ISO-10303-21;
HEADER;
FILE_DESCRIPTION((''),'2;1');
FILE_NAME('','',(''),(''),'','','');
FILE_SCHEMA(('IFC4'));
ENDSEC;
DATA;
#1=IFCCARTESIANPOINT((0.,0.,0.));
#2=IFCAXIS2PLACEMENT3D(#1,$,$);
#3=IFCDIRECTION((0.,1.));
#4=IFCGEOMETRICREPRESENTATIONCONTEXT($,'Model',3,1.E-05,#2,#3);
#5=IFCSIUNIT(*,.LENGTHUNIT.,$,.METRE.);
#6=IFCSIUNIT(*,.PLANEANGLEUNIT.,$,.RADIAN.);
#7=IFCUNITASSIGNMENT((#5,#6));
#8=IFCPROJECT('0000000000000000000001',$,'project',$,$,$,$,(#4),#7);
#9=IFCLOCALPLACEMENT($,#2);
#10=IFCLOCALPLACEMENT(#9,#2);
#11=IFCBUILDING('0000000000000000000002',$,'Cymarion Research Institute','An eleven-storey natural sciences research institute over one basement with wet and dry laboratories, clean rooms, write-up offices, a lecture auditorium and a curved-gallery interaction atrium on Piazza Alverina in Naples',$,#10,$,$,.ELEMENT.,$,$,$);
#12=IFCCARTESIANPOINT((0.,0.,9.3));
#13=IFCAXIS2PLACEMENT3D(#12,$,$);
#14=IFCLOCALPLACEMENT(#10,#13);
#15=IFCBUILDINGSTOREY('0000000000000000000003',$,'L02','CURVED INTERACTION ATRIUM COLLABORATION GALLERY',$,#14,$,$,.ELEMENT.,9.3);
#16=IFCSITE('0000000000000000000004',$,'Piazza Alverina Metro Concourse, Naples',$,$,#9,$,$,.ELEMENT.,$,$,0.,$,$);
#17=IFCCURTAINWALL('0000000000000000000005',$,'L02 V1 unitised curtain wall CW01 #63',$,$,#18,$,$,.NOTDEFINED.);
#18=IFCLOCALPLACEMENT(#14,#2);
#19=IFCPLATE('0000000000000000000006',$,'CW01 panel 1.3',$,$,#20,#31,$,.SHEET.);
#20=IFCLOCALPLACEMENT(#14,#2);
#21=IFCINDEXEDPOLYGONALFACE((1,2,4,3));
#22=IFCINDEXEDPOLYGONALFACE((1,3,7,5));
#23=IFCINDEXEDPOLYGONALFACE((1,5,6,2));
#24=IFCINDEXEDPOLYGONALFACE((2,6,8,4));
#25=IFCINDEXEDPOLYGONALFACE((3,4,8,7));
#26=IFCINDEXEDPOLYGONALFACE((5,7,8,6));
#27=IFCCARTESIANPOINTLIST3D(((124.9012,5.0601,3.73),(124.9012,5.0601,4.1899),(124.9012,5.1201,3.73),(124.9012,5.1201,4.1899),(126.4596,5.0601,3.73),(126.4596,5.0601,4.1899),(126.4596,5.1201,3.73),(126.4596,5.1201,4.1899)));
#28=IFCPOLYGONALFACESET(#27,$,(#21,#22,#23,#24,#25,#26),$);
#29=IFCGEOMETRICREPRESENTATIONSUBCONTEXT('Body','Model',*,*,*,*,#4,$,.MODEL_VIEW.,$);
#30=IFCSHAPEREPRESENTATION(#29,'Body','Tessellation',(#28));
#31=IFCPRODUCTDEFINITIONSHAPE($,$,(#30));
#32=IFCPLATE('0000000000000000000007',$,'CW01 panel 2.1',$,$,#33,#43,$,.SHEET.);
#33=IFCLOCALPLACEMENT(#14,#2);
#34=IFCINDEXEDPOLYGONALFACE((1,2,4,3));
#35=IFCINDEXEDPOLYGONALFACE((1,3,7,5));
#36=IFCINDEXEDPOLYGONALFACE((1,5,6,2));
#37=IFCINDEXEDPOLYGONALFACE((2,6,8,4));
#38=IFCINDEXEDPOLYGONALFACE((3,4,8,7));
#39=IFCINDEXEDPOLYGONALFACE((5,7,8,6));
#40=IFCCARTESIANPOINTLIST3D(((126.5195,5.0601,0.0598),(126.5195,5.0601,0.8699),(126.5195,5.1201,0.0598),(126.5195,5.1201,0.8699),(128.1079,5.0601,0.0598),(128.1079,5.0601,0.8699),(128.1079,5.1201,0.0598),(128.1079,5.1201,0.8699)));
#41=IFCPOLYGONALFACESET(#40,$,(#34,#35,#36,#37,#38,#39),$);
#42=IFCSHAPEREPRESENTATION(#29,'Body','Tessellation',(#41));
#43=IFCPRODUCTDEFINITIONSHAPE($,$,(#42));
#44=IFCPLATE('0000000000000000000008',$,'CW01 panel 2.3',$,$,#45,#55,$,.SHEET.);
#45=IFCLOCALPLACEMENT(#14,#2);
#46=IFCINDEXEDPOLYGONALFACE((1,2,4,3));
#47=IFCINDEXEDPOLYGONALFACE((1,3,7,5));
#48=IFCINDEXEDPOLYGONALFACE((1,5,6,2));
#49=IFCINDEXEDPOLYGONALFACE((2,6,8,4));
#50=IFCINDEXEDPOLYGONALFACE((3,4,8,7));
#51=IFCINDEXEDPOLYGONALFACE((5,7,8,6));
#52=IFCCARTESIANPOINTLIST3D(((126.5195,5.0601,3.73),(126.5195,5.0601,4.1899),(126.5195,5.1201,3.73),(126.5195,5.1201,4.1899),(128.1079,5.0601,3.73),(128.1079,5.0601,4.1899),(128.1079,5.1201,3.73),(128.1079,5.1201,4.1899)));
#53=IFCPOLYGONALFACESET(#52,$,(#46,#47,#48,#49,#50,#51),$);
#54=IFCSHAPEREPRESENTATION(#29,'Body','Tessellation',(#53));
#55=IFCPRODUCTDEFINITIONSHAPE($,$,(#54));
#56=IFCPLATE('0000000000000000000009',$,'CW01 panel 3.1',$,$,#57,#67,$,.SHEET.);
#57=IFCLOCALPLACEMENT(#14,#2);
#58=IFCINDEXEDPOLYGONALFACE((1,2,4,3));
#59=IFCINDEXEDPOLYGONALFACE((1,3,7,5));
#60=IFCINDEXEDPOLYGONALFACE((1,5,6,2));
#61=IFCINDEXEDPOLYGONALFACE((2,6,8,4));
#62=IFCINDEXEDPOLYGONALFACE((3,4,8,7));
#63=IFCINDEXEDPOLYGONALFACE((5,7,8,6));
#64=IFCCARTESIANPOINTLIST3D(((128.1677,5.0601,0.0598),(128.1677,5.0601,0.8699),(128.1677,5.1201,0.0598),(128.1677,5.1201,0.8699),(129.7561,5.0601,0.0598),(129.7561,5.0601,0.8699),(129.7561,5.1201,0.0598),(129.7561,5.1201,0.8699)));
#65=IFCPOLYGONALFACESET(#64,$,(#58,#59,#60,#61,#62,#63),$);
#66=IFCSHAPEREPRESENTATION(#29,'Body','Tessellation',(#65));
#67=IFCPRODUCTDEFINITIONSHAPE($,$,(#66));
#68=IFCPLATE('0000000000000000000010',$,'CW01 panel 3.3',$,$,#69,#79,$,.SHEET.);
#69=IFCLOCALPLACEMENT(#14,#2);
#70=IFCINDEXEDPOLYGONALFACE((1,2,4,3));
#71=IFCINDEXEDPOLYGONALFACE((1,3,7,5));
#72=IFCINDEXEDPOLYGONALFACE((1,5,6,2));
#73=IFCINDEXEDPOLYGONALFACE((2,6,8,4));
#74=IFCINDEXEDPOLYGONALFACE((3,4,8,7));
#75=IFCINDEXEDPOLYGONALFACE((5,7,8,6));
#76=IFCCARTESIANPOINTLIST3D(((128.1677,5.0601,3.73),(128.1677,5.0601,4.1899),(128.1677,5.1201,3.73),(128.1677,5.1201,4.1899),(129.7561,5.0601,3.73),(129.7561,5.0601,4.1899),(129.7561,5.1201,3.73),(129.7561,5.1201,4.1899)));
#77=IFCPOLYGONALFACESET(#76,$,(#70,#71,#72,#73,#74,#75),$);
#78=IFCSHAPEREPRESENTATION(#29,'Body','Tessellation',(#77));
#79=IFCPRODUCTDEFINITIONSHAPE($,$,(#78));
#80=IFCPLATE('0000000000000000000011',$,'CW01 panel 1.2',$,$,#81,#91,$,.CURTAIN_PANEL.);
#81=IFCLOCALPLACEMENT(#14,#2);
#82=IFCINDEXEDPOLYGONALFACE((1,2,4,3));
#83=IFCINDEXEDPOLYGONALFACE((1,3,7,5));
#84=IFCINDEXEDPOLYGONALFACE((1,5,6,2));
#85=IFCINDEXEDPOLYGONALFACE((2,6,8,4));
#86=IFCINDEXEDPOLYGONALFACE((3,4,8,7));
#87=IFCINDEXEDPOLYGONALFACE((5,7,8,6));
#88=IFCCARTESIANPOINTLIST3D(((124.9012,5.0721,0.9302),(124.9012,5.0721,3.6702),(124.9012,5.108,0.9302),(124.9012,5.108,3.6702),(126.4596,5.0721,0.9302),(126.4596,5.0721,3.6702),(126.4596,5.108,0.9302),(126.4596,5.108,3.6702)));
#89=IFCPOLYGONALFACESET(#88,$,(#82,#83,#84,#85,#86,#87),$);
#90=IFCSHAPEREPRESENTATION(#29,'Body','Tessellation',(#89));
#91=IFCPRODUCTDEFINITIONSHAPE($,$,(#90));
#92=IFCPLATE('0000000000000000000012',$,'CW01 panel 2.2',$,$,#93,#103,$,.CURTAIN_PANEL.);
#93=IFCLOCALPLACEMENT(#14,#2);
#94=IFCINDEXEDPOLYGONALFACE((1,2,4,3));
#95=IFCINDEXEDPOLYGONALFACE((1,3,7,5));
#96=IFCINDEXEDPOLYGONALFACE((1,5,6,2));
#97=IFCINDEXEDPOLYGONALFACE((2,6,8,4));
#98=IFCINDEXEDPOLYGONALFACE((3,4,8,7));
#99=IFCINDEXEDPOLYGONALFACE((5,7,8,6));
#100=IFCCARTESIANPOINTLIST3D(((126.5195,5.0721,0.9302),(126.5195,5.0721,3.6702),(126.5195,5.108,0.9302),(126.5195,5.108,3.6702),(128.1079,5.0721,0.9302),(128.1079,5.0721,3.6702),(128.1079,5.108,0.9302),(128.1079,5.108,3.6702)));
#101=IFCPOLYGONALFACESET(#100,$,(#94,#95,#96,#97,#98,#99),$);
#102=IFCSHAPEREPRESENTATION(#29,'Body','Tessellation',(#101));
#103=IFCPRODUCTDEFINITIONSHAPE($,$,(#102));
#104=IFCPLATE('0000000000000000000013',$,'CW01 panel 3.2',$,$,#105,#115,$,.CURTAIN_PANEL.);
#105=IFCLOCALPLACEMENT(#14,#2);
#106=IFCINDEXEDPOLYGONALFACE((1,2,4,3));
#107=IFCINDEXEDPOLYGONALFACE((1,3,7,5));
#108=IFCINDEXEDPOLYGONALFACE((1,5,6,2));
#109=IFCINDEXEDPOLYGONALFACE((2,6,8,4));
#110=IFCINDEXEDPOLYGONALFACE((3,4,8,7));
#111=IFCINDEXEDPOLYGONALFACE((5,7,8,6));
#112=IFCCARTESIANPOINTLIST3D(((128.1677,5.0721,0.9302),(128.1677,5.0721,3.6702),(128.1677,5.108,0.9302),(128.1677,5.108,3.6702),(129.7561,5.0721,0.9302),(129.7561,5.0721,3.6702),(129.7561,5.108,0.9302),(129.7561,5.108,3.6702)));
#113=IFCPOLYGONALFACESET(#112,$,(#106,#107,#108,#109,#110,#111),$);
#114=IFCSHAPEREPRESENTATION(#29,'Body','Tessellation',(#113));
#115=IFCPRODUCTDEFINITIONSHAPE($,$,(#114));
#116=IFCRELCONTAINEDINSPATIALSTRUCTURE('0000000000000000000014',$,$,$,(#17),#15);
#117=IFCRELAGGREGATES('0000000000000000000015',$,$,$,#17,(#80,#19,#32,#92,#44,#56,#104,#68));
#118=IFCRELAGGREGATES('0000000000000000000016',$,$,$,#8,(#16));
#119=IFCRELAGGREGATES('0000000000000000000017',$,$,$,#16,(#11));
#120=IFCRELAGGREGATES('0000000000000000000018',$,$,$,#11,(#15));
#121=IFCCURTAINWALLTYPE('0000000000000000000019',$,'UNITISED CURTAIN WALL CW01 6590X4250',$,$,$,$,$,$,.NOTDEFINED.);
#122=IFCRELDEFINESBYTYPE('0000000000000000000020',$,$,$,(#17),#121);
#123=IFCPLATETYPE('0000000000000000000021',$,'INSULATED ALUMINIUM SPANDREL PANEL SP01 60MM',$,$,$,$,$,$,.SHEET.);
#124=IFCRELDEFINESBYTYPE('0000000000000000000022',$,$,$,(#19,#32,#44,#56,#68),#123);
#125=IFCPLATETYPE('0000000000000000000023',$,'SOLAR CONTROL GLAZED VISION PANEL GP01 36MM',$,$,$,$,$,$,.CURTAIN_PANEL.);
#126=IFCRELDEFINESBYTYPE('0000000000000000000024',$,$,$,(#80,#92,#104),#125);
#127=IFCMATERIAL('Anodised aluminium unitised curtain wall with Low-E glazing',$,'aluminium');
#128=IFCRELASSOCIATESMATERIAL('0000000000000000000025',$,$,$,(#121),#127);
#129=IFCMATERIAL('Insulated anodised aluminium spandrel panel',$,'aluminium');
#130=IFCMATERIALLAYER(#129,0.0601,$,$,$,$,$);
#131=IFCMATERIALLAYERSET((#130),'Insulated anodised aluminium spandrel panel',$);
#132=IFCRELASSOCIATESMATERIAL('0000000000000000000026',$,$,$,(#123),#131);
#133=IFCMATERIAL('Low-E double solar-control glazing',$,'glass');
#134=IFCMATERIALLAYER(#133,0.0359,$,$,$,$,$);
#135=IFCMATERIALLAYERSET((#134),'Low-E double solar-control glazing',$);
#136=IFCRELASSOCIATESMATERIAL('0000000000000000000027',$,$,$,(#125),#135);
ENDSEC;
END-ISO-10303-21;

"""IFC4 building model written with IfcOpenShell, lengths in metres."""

from ifc_helpers import new_model, si_unit, direction, frame, origin, origin_2d, place, context, subcontext, project, spatial, rectangle, extrude, material, layer, layer_set, type_object, element, aggregate, save


model = new_model("IFC4")

# Units and contexts
model_context = context("Model", 3, precision=1e-05, world=origin(), true_north=direction((0.0, 1.0)))
body_context = subcontext(model_context, "Body", "Model", "MODEL_VIEW")
ifc_project = project(units=[si_unit("LENGTHUNIT", "METRE"), si_unit("PLANEANGLEUNIT", "RADIAN")], contexts=[model_context])

# Site, building, storey
site_placement = place(None, origin())
site = spatial("IfcSite", under=ifc_project, at=site_placement, Name="Piazza Alverina Metro Concourse, Naples", CompositionType="ELEMENT", RefElevation=0.0)
building_placement = place(site_placement, origin())
building = spatial("IfcBuilding", under=site, at=building_placement, Name="Cymarion Research Institute", Description="An eleven-storey natural sciences research institute over one basement with wet and dry laboratories, clean rooms, write-up offices, a lecture auditorium and a curved-gallery interaction atrium on Piazza Alverina in Naples", CompositionType="ELEMENT")
storey_placement = place(building_placement, frame((0.0, 0.0, 9.3)))
storey = spatial("IfcBuildingStorey", under=building, at=storey_placement, Name="L02", Description="CURVED INTERACTION ATRIUM COLLABORATION GALLERY", CompositionType="ELEMENT", Elevation=9.3)

# Curtain wall
ifc_material_1 = material(Name="Anodised aluminium unitised curtain wall with Low-E glazing", Category="aluminium")
curtain_wall_type = type_object("IfcCurtainWallType", Name="UNITISED CURTAIN WALL CW01 6590X4250", PredefinedType="NOTDEFINED", material=ifc_material_1)
curtain_wall_placement = place(storey_placement, origin())
curtain_wall = element("IfcCurtainWall", 1, at=curtain_wall_placement, inside=storey, type_object=curtain_wall_type, Name="L02 V1 unitised curtain wall CW01 #63", PredefinedType="NOTDEFINED")

# Plates
ifc_material_2 = material(Name="Insulated anodised aluminium spandrel panel", Category="aluminium")
ifc_layer_1 = layer(ifc_material_2, 0.0601)
ifc_layer_set_1 = layer_set([ifc_layer_1], Name="Insulated anodised aluminium spandrel panel")
plate_type_1 = type_object("IfcPlateType", Name="INSULATED ALUMINIUM SPANDREL PANEL SP01 60MM", PredefinedType="SHEET", material=ifc_layer_set_1)
plate_1_placement = place(storey_placement, frame((125.6804, 5.0901, 3.73), z_axis=(0.0, 0.0, 1.0), x_axis=(1.0, 0.0, 0.0)))
plate_1 = element("IfcPlate", 2, at=plate_1_placement, type_object=plate_type_1, Name="CW01 panel 1.3", PredefinedType="SHEET", context=body_context, shape_type="SweptSolid", body=[
    extrude(rectangle(XDim=1.5583, YDim=0.0601, at=origin_2d()), origin(), (0.0, 0.0, 1.0), 0.46),
])
plate_2_placement = place(storey_placement, frame((127.3137, 5.0901, 0.0598), z_axis=(0.0, 0.0, 1.0), x_axis=(1.0, 0.0, 0.0)))
plate_2 = element("IfcPlate", 3, at=plate_2_placement, type_object=plate_type_1, Name="CW01 panel 2.1", PredefinedType="SHEET", context=body_context, shape_type="SweptSolid", body=[
    extrude(rectangle(XDim=1.5884, YDim=0.0601, at=origin_2d()), origin(), (0.0, 0.0, 1.0), 0.8101),
])
plate_3_placement = place(storey_placement, frame((127.3137, 5.0901, 3.73), z_axis=(0.0, 0.0, 1.0), x_axis=(1.0, 0.0, 0.0)))
plate_3 = element("IfcPlate", 4, at=plate_3_placement, type_object=plate_type_1, Name="CW01 panel 2.3", PredefinedType="SHEET", context=body_context, shape_type="SweptSolid", body=[
    extrude(rectangle(XDim=1.5884, YDim=0.0601, at=origin_2d()), origin(), (0.0, 0.0, 1.0), 0.46),
])
plate_4_placement = place(storey_placement, frame((128.9619, 5.0901, 0.0598), z_axis=(0.0, 0.0, 1.0), x_axis=(1.0, 0.0, 0.0)))
plate_4 = element("IfcPlate", 5, at=plate_4_placement, type_object=plate_type_1, Name="CW01 panel 3.1", PredefinedType="SHEET", context=body_context, shape_type="SweptSolid", body=[
    extrude(rectangle(XDim=1.5884, YDim=0.0601, at=origin_2d()), origin(), (0.0, 0.0, 1.0), 0.8101),
])
plate_5_placement = place(storey_placement, frame((128.9619, 5.0901, 3.73), z_axis=(0.0, 0.0, 1.0), x_axis=(1.0, 0.0, 0.0)))
plate_5 = element("IfcPlate", 6, at=plate_5_placement, type_object=plate_type_1, Name="CW01 panel 3.3", PredefinedType="SHEET", context=body_context, shape_type="SweptSolid", body=[
    extrude(rectangle(XDim=1.5884, YDim=0.0601, at=origin_2d()), origin(), (0.0, 0.0, 1.0), 0.46),
])
ifc_material_3 = material(Name="Low-E double solar-control glazing", Category="glass")
ifc_layer_2 = layer(ifc_material_3, 0.0359)
ifc_layer_set_2 = layer_set([ifc_layer_2], Name="Low-E double solar-control glazing")
plate_type_2 = type_object("IfcPlateType", Name="SOLAR CONTROL GLAZED VISION PANEL GP01 36MM", PredefinedType="CURTAIN_PANEL", material=ifc_layer_set_2)
plate_6_placement = place(storey_placement, frame((125.6804, 5.0901, 0.9302), z_axis=(0.0, 0.0, 1.0), x_axis=(1.0, 0.0, 0.0)))
plate_6 = element("IfcPlate", 7, at=plate_6_placement, type_object=plate_type_2, Name="CW01 panel 1.2", PredefinedType="CURTAIN_PANEL", context=body_context, shape_type="SweptSolid", body=[
    extrude(rectangle(XDim=1.5583, YDim=0.0359, at=origin_2d()), origin(), (0.0, 0.0, 1.0), 2.74),
])
plate_7_placement = place(storey_placement, frame((127.3137, 5.0901, 0.9302), z_axis=(0.0, 0.0, 1.0), x_axis=(1.0, 0.0, 0.0)))
plate_7 = element("IfcPlate", 8, at=plate_7_placement, type_object=plate_type_2, Name="CW01 panel 2.2", PredefinedType="CURTAIN_PANEL", context=body_context, shape_type="SweptSolid", body=[
    extrude(rectangle(XDim=1.5884, YDim=0.0359, at=origin_2d()), origin(), (0.0, 0.0, 1.0), 2.74),
])
plate_8_placement = place(storey_placement, frame((128.9619, 5.0901, 0.9302), z_axis=(0.0, 0.0, 1.0), x_axis=(1.0, 0.0, 0.0)))
plate_8 = element("IfcPlate", 9, at=plate_8_placement, type_object=plate_type_2, Name="CW01 panel 3.2", PredefinedType="CURTAIN_PANEL", context=body_context, shape_type="SweptSolid", body=[
    extrude(rectangle(XDim=1.5884, YDim=0.0359, at=origin_2d()), origin(), (0.0, 0.0, 1.0), 2.74),
])
aggregate(curtain_wall, [plate_6, plate_1, plate_2, plate_7, plate_3, plate_4, plate_8, plate_5])

save(model, "model.ifc")
